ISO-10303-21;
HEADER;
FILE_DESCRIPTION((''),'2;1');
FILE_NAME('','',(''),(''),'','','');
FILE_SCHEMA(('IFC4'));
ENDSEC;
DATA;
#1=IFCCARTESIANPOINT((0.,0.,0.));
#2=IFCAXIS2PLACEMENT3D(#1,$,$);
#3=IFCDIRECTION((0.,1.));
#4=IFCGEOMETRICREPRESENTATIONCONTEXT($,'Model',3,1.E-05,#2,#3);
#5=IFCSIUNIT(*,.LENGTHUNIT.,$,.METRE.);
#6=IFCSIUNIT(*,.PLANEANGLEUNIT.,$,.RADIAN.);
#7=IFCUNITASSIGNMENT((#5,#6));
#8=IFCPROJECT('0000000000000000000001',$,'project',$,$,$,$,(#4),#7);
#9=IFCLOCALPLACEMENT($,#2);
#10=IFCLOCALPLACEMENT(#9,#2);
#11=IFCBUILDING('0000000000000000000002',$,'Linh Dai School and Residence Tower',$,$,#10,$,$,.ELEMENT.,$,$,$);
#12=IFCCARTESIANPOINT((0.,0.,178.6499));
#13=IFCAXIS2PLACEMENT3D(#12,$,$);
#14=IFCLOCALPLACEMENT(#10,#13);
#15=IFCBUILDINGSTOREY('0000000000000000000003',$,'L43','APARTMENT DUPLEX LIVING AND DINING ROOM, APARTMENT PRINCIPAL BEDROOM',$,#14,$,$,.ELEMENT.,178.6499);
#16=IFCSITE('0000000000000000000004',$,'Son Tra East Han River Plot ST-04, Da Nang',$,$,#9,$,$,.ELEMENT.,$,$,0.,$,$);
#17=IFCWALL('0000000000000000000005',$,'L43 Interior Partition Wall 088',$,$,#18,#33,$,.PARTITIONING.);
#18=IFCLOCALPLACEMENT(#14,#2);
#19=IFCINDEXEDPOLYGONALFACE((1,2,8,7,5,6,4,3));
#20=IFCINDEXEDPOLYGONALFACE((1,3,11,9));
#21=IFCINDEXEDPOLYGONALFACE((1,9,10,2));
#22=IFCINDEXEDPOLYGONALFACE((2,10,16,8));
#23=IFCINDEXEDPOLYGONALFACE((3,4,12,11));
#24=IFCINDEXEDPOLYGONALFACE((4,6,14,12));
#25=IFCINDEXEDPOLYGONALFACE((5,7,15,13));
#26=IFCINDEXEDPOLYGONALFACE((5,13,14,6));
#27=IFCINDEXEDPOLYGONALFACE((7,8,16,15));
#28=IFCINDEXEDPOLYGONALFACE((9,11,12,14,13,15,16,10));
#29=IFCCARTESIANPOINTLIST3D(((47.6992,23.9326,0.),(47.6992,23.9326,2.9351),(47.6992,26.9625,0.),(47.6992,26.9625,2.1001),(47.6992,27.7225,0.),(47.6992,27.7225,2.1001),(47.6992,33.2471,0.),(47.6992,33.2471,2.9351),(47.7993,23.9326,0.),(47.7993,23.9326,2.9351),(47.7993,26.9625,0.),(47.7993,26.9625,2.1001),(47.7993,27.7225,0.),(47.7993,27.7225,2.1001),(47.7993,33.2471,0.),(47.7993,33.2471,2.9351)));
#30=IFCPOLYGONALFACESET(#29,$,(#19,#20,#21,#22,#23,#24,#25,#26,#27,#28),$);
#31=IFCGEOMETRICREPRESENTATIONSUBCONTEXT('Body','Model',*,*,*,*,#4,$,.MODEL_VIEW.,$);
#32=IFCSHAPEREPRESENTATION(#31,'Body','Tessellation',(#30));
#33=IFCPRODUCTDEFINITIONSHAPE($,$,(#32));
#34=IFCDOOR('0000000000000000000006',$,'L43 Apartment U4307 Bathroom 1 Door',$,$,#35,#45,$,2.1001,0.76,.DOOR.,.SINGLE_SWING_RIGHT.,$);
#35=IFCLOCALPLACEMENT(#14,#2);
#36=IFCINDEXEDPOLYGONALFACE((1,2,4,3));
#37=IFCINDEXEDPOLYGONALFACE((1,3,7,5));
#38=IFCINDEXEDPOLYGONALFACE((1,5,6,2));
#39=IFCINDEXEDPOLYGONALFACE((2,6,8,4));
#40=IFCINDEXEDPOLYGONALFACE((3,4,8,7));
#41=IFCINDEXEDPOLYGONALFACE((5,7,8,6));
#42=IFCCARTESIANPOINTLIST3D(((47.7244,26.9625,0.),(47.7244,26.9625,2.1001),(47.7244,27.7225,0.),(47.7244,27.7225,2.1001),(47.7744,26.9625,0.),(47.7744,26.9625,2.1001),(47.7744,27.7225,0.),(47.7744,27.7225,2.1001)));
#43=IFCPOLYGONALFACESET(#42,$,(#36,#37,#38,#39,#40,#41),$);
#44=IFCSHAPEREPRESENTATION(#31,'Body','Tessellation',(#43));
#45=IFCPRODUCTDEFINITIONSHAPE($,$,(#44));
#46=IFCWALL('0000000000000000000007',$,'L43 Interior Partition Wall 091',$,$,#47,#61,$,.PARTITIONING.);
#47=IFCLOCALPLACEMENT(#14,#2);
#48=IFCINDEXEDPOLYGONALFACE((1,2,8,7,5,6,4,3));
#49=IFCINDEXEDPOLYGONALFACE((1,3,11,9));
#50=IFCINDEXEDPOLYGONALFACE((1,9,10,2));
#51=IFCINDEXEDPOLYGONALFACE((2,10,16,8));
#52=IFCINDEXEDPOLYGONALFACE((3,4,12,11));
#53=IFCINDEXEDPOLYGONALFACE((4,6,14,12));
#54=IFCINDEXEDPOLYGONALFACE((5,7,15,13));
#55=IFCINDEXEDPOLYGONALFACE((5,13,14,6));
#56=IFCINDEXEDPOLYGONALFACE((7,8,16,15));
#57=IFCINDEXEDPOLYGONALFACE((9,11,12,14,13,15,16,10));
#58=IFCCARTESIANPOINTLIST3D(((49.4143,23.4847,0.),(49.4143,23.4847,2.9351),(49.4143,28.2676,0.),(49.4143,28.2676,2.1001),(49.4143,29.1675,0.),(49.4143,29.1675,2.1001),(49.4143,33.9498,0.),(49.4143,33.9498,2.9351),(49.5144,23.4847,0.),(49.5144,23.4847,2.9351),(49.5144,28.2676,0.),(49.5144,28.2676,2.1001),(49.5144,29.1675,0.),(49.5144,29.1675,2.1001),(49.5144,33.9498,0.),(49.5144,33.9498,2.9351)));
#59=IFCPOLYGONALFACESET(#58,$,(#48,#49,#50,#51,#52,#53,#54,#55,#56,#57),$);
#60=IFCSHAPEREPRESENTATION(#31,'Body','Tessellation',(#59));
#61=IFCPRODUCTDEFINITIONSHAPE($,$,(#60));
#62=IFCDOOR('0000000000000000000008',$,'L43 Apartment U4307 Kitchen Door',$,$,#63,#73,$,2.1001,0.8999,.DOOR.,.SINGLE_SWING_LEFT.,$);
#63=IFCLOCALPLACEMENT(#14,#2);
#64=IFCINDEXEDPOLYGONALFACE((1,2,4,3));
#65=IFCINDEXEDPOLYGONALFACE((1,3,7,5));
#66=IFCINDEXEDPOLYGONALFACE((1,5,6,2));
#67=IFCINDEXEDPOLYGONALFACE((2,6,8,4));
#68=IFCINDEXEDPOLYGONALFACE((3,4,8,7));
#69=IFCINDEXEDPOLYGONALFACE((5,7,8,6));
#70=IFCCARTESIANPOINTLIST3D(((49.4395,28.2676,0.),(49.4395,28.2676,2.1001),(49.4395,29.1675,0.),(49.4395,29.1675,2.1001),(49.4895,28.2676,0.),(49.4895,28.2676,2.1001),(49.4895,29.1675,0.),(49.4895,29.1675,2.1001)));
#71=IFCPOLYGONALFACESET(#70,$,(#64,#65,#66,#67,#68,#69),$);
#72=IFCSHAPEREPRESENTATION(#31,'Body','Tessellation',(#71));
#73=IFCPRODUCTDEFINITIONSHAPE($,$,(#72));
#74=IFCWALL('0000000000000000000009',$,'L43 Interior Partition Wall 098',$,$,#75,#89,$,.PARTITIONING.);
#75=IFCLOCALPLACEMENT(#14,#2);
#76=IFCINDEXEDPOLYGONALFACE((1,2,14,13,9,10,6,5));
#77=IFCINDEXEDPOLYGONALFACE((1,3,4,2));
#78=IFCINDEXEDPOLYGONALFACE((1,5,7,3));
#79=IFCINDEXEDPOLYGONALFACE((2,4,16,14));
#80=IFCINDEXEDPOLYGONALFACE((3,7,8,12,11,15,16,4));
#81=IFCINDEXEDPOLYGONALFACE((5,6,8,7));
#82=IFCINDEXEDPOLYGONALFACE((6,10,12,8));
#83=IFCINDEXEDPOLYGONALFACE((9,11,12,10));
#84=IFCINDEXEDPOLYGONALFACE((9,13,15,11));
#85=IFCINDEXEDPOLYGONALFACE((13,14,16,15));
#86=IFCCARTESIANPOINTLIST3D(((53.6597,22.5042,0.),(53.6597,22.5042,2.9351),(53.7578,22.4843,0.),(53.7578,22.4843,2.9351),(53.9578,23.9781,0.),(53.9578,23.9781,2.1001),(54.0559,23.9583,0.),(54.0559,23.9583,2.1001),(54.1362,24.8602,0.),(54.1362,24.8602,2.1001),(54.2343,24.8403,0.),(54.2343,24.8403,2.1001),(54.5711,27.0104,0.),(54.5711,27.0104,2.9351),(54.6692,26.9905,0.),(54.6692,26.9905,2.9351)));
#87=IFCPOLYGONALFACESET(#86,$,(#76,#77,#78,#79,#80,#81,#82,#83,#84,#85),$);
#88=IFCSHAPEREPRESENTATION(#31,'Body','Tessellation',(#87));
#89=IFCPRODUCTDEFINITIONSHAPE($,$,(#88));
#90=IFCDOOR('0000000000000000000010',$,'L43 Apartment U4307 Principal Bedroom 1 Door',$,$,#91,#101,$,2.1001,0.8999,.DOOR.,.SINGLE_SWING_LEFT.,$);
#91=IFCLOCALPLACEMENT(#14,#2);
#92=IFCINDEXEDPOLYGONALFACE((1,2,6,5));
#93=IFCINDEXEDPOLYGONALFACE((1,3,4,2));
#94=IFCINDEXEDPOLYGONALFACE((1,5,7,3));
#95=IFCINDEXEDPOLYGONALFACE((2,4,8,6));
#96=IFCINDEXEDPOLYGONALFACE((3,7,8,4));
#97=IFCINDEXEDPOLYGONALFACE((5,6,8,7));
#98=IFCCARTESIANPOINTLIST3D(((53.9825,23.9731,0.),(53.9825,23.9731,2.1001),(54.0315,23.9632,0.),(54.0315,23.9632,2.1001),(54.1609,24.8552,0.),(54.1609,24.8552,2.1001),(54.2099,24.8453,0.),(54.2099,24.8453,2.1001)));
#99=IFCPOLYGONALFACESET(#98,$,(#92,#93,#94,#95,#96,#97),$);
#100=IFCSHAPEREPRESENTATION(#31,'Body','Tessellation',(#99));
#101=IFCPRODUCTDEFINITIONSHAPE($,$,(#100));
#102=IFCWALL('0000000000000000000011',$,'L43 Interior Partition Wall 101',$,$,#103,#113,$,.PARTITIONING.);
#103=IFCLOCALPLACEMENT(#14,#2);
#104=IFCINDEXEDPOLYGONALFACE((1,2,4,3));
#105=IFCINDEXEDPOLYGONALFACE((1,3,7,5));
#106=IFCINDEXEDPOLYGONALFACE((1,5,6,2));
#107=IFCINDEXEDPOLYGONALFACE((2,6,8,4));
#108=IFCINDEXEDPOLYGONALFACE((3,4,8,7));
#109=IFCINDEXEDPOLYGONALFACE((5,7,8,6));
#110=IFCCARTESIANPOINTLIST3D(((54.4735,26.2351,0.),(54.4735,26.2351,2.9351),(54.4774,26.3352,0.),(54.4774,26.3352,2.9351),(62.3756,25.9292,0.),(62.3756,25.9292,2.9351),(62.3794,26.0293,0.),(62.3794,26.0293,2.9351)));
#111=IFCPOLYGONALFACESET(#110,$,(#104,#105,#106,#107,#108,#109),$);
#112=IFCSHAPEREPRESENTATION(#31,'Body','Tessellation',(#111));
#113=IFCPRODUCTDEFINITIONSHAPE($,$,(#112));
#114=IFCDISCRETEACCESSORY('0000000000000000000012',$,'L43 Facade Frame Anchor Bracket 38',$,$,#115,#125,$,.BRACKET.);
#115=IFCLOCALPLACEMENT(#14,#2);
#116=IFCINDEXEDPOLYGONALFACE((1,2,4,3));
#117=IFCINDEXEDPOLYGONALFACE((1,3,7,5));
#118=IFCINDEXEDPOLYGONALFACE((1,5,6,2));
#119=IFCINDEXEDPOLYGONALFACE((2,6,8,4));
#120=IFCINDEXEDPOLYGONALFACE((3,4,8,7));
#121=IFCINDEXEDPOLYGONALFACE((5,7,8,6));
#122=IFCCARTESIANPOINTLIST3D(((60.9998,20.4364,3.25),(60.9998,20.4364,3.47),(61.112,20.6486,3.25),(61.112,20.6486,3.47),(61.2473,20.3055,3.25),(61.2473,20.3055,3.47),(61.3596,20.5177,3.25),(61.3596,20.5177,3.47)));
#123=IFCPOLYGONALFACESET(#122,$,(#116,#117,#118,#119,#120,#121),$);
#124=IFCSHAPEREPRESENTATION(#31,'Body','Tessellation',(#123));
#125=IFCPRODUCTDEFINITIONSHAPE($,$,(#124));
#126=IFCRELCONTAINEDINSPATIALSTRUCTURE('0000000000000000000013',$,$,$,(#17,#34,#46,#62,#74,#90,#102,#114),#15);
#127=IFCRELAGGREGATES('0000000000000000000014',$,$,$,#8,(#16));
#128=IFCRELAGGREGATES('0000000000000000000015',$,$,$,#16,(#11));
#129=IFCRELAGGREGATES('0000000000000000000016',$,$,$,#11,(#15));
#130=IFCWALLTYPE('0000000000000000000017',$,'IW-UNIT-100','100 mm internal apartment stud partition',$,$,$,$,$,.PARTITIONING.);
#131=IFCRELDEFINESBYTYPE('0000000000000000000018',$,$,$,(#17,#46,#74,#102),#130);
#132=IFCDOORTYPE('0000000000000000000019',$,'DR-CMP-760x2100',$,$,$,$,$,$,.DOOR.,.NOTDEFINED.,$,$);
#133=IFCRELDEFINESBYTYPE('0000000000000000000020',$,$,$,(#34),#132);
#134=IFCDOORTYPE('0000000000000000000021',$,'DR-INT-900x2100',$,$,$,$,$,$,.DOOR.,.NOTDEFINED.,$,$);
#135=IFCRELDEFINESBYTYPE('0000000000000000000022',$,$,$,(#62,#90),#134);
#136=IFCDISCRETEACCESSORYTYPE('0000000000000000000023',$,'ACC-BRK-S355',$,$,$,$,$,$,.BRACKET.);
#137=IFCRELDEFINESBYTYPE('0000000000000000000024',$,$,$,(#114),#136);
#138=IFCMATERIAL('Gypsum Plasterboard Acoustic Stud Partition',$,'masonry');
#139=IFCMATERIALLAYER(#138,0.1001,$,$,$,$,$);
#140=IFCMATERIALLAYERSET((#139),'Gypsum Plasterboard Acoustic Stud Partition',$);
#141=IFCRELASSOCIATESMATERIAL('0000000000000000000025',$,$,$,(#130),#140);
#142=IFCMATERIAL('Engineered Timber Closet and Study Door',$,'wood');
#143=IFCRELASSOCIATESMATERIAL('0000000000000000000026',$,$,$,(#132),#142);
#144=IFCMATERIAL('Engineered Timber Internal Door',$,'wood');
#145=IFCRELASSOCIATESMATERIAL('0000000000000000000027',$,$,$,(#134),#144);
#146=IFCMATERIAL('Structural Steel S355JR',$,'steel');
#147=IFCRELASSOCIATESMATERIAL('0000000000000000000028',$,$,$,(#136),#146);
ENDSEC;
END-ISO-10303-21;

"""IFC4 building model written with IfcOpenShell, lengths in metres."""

from ifc_helpers import new_model, si_unit, direction, frame, frame_2d, origin, origin_2d, place, context, subcontext, project, spatial, rectangle, extrude, source, transform, mapped, material, layer, layer_set, type_object, element, fill, save


model = new_model("IFC4")

# Units and contexts
model_context = context("Model", 3, precision=1e-05, world=origin(), true_north=direction((0.0, 1.0)))
body_context = subcontext(model_context, "Body", "Model", "MODEL_VIEW")
ifc_project = project(units=[si_unit("LENGTHUNIT", "METRE"), si_unit("PLANEANGLEUNIT", "RADIAN")], contexts=[model_context])

# Site, building, storey
site_placement = place(None, origin())
site = spatial("IfcSite", under=ifc_project, at=site_placement, Name="Son Tra East Han River Plot ST-04, Da Nang", CompositionType="ELEMENT", RefElevation=0.0)
building_placement = place(site_placement, origin())
building = spatial("IfcBuilding", under=site, at=building_placement, Name="Linh Dai School and Residence Tower", CompositionType="ELEMENT")
storey_placement = place(building_placement, frame((0.0, 0.0, 178.6499)))
storey = spatial("IfcBuildingStorey", under=building, at=storey_placement, Name="L43", Description="APARTMENT DUPLEX LIVING AND DINING ROOM, APARTMENT PRINCIPAL BEDROOM", CompositionType="ELEMENT", Elevation=178.6499)

# Shared definitions
ifc_material_1 = material(Name="Structural Steel S355JR", Category="steel")

# Walls, openings, doors
ifc_material_2 = material(Name="Gypsum Plasterboard Acoustic Stud Partition", Category="masonry")
ifc_layer_1 = layer(ifc_material_2, 0.1001)
ifc_layer_set_1 = layer_set([ifc_layer_1], Name="Gypsum Plasterboard Acoustic Stud Partition")
wall_type_1 = type_object("IfcWallType", Name="IW-UNIT-100", Description="100 mm internal apartment stud partition", PredefinedType="PARTITIONING", material=ifc_layer_set_1)
wall_1_placement = place(storey_placement, frame((47.7493, 23.9326, 0.0), z_axis=(0.0, 0.0, 1.0), x_axis=(0.0, 1.0, 0.0)))
wall_1 = element("IfcWall", 1, at=wall_1_placement, inside=storey, type_object=wall_type_1, Name="L43 Interior Partition Wall 088", PredefinedType="PARTITIONING", context=body_context, shape_type="SweptSolid", body=[
    extrude(rectangle(XDim=9.3145, YDim=0.1001, at=frame_2d((4.6572, 0.0))), origin(), (0.0, 0.0, 1.0), 2.9351),
])
opening_1_placement = place(wall_1_placement, frame((3.03, 0.0, 0.0)))
opening_1 = element("IfcOpeningElement", 2, at=opening_1_placement, cuts=wall_1, PredefinedType="OPENING", context=body_context, shape_type="SweptSolid", body=[
    extrude(rectangle(XDim=0.76, YDim=2.1001, at=origin_2d()), frame((0.3799, 0.0601, 1.05), z_axis=(0.0, -1.0, 0.0), x_axis=(1.0, 0.0, 0.0)), (0.0, 0.0, 1.0), 0.1201),
])
ifc_material_3 = material(Name="Engineered Timber Closet and Study Door", Category="wood")
door_type_1 = type_object("IfcDoorType", Name="DR-CMP-760x2100", OperationType="NOTDEFINED", PredefinedType="DOOR", material=ifc_material_3)
shared_shape_1 = source(origin(), body_context, "Body", "SweptSolid", [
    extrude(rectangle(XDim=0.76, YDim=2.1001, at=origin_2d()), frame((0.3799, 0.0249, 1.05), z_axis=(0.0, -1.0, 0.0), x_axis=(1.0, 0.0, 0.0)), (0.0, 0.0, 1.0), 0.05),
])
door_1_placement = place(opening_1_placement, origin())
door_1 = element("IfcDoor", 3, at=door_1_placement, inside=storey, type_object=door_type_1, Name="L43 Apartment U4307 Bathroom 1 Door", OperationType="SINGLE_SWING_RIGHT", OverallHeight=2.1001, OverallWidth=0.76, PredefinedType="DOOR", context=body_context, shape_type="MappedRepresentation", body=[
    mapped(shared_shape_1, transform((0.0, 0.0, 0.0), x_axis=(1.0, 0.0, 0.0), y_axis=(0.0, 1.0, 0.0), z_axis=(0.0, 0.0, 1.0), scale=1.0)),
])
fill(opening_1, door_1)
wall_2_placement = place(storey_placement, frame((49.4644, 23.4849, 0.0), z_axis=(0.0, 0.0, 1.0), x_axis=(0.0, 1.0, 0.0)))
wall_2 = element("IfcWall", 4, at=wall_2_placement, inside=storey, type_object=wall_type_1, Name="L43 Interior Partition Wall 091", PredefinedType="PARTITIONING", context=body_context, shape_type="SweptSolid", body=[
    extrude(rectangle(XDim=10.4651, YDim=0.1001, at=frame_2d((5.2324, 0.0))), origin(), (0.0, 0.0, 1.0), 2.9351),
])
opening_2_placement = place(wall_2_placement, frame((4.7827, 0.0, 0.0)))
opening_2 = element("IfcOpeningElement", 5, at=opening_2_placement, cuts=wall_2, PredefinedType="OPENING", context=body_context, shape_type="SweptSolid", body=[
    extrude(rectangle(XDim=0.8999, YDim=2.1001, at=origin_2d()), frame((0.45, 0.0601, 1.05), z_axis=(0.0, -1.0, 0.0), x_axis=(1.0, 0.0, 0.0)), (0.0, 0.0, 1.0), 0.1201),
])
ifc_material_4 = material(Name="Engineered Timber Internal Door", Category="wood")
door_type_2 = type_object("IfcDoorType", Name="DR-INT-900x2100", OperationType="NOTDEFINED", PredefinedType="DOOR", material=ifc_material_4)
shared_shape_2 = source(origin(), body_context, "Body", "SweptSolid", [
    extrude(rectangle(XDim=0.8999, YDim=2.1001, at=origin_2d()), frame((0.45, 0.0249, 1.05), z_axis=(0.0, -1.0, 0.0), x_axis=(1.0, 0.0, 0.0)), (0.0, 0.0, 1.0), 0.05),
])
door_2_placement = place(opening_2_placement, origin())
door_2 = element("IfcDoor", 6, at=door_2_placement, inside=storey, type_object=door_type_2, Name="L43 Apartment U4307 Kitchen Door", OperationType="SINGLE_SWING_LEFT", OverallHeight=2.1001, OverallWidth=0.8999, PredefinedType="DOOR", context=body_context, shape_type="MappedRepresentation", body=[
    mapped(shared_shape_2, transform((0.0, 0.0, 0.0), x_axis=(1.0, 0.0, 0.0), y_axis=(0.0, 1.0, 0.0), z_axis=(0.0, 0.0, 1.0), scale=1.0)),
])
fill(opening_2, door_2)
wall_3_placement = place(storey_placement, frame((53.7087, 22.4941, 0.0), z_axis=(0.0, 0.0, 1.0), x_axis=(0.19824, 0.980154, 0.0)))
wall_3 = element("IfcWall", 7, at=wall_3_placement, inside=storey, type_object=wall_type_1, Name="L43 Interior Partition Wall 098", PredefinedType="PARTITIONING", context=body_context, shape_type="SweptSolid", body=[
    extrude(rectangle(XDim=4.5974, YDim=0.1001, at=frame_2d((2.2988, 0.0))), origin(), (0.0, 0.0, 1.0), 2.9351),
])
opening_3_placement = place(wall_3_placement, frame((1.5039, 0.0, 0.0)))
opening_3 = element("IfcOpeningElement", 8, at=opening_3_placement, cuts=wall_3, PredefinedType="OPENING", context=body_context, shape_type="SweptSolid", body=[
    extrude(rectangle(XDim=0.8999, YDim=2.1001, at=origin_2d()), frame((0.45, 0.0601, 1.05), z_axis=(0.0, -1.0, 0.0), x_axis=(1.0, 0.0, 0.0)), (0.0, 0.0, 1.0), 0.1201),
])
door_3_placement = place(opening_3_placement, origin())
door_3 = element("IfcDoor", 9, at=door_3_placement, inside=storey, type_object=door_type_2, Name="L43 Apartment U4307 Principal Bedroom 1 Door", OperationType="SINGLE_SWING_LEFT", OverallHeight=2.1001, OverallWidth=0.8999, PredefinedType="DOOR", context=body_context, shape_type="MappedRepresentation", body=[
    mapped(shared_shape_2, transform((0.0, 0.0, 0.0), x_axis=(1.0, 0.0, 0.0), y_axis=(0.0, 1.0, 0.0), z_axis=(0.0, 0.0, 1.0), scale=1.0)),
])
fill(opening_3, door_3)

# Wall
wall_4_placement = place(storey_placement, frame((54.4753, 26.2852, 0.0), z_axis=(0.0, 0.0, 1.0), x_axis=(0.999252, -0.038683, 0.0)))
element("IfcWall", 10, at=wall_4_placement, inside=storey, type_object=wall_type_1, Name="L43 Interior Partition Wall 101", PredefinedType="PARTITIONING", context=body_context, shape_type="SweptSolid", body=[
    extrude(rectangle(XDim=7.908, YDim=0.1001, at=frame_2d((3.9541, 0.0))), origin(), (0.0, 0.0, 1.0), 2.9351),
])

# Discrete accessory
discrete_accessory_type = type_object("IfcDiscreteAccessoryType", Name="ACC-BRK-S355", PredefinedType="BRACKET", material=ifc_material_1)
shared_shape_3 = source(origin(), body_context, "Body", "SweptSolid", [
    extrude(rectangle(XDim=0.28, YDim=0.24, at=origin_2d()), origin(), (0.0, 0.0, 1.0), 0.22),
])
discrete_accessory_placement = place(storey_placement, frame((61.1797, 20.4771, 3.25), z_axis=(0.0, 0.0, 1.0), x_axis=(0.883951, -0.46758, 0.0)))
element("IfcDiscreteAccessory", 11, at=discrete_accessory_placement, inside=storey, type_object=discrete_accessory_type, Name="L43 Facade Frame Anchor Bracket 38", PredefinedType="BRACKET", context=body_context, shape_type="MappedRepresentation", body=[
    mapped(shared_shape_3, transform((0.0, 0.0, 0.0), x_axis=(1.0, 0.0, 0.0), y_axis=(0.0, 1.0, 0.0), z_axis=(0.0, 0.0, 1.0), scale=1.0)),
])

save(model, "model.ifc")
